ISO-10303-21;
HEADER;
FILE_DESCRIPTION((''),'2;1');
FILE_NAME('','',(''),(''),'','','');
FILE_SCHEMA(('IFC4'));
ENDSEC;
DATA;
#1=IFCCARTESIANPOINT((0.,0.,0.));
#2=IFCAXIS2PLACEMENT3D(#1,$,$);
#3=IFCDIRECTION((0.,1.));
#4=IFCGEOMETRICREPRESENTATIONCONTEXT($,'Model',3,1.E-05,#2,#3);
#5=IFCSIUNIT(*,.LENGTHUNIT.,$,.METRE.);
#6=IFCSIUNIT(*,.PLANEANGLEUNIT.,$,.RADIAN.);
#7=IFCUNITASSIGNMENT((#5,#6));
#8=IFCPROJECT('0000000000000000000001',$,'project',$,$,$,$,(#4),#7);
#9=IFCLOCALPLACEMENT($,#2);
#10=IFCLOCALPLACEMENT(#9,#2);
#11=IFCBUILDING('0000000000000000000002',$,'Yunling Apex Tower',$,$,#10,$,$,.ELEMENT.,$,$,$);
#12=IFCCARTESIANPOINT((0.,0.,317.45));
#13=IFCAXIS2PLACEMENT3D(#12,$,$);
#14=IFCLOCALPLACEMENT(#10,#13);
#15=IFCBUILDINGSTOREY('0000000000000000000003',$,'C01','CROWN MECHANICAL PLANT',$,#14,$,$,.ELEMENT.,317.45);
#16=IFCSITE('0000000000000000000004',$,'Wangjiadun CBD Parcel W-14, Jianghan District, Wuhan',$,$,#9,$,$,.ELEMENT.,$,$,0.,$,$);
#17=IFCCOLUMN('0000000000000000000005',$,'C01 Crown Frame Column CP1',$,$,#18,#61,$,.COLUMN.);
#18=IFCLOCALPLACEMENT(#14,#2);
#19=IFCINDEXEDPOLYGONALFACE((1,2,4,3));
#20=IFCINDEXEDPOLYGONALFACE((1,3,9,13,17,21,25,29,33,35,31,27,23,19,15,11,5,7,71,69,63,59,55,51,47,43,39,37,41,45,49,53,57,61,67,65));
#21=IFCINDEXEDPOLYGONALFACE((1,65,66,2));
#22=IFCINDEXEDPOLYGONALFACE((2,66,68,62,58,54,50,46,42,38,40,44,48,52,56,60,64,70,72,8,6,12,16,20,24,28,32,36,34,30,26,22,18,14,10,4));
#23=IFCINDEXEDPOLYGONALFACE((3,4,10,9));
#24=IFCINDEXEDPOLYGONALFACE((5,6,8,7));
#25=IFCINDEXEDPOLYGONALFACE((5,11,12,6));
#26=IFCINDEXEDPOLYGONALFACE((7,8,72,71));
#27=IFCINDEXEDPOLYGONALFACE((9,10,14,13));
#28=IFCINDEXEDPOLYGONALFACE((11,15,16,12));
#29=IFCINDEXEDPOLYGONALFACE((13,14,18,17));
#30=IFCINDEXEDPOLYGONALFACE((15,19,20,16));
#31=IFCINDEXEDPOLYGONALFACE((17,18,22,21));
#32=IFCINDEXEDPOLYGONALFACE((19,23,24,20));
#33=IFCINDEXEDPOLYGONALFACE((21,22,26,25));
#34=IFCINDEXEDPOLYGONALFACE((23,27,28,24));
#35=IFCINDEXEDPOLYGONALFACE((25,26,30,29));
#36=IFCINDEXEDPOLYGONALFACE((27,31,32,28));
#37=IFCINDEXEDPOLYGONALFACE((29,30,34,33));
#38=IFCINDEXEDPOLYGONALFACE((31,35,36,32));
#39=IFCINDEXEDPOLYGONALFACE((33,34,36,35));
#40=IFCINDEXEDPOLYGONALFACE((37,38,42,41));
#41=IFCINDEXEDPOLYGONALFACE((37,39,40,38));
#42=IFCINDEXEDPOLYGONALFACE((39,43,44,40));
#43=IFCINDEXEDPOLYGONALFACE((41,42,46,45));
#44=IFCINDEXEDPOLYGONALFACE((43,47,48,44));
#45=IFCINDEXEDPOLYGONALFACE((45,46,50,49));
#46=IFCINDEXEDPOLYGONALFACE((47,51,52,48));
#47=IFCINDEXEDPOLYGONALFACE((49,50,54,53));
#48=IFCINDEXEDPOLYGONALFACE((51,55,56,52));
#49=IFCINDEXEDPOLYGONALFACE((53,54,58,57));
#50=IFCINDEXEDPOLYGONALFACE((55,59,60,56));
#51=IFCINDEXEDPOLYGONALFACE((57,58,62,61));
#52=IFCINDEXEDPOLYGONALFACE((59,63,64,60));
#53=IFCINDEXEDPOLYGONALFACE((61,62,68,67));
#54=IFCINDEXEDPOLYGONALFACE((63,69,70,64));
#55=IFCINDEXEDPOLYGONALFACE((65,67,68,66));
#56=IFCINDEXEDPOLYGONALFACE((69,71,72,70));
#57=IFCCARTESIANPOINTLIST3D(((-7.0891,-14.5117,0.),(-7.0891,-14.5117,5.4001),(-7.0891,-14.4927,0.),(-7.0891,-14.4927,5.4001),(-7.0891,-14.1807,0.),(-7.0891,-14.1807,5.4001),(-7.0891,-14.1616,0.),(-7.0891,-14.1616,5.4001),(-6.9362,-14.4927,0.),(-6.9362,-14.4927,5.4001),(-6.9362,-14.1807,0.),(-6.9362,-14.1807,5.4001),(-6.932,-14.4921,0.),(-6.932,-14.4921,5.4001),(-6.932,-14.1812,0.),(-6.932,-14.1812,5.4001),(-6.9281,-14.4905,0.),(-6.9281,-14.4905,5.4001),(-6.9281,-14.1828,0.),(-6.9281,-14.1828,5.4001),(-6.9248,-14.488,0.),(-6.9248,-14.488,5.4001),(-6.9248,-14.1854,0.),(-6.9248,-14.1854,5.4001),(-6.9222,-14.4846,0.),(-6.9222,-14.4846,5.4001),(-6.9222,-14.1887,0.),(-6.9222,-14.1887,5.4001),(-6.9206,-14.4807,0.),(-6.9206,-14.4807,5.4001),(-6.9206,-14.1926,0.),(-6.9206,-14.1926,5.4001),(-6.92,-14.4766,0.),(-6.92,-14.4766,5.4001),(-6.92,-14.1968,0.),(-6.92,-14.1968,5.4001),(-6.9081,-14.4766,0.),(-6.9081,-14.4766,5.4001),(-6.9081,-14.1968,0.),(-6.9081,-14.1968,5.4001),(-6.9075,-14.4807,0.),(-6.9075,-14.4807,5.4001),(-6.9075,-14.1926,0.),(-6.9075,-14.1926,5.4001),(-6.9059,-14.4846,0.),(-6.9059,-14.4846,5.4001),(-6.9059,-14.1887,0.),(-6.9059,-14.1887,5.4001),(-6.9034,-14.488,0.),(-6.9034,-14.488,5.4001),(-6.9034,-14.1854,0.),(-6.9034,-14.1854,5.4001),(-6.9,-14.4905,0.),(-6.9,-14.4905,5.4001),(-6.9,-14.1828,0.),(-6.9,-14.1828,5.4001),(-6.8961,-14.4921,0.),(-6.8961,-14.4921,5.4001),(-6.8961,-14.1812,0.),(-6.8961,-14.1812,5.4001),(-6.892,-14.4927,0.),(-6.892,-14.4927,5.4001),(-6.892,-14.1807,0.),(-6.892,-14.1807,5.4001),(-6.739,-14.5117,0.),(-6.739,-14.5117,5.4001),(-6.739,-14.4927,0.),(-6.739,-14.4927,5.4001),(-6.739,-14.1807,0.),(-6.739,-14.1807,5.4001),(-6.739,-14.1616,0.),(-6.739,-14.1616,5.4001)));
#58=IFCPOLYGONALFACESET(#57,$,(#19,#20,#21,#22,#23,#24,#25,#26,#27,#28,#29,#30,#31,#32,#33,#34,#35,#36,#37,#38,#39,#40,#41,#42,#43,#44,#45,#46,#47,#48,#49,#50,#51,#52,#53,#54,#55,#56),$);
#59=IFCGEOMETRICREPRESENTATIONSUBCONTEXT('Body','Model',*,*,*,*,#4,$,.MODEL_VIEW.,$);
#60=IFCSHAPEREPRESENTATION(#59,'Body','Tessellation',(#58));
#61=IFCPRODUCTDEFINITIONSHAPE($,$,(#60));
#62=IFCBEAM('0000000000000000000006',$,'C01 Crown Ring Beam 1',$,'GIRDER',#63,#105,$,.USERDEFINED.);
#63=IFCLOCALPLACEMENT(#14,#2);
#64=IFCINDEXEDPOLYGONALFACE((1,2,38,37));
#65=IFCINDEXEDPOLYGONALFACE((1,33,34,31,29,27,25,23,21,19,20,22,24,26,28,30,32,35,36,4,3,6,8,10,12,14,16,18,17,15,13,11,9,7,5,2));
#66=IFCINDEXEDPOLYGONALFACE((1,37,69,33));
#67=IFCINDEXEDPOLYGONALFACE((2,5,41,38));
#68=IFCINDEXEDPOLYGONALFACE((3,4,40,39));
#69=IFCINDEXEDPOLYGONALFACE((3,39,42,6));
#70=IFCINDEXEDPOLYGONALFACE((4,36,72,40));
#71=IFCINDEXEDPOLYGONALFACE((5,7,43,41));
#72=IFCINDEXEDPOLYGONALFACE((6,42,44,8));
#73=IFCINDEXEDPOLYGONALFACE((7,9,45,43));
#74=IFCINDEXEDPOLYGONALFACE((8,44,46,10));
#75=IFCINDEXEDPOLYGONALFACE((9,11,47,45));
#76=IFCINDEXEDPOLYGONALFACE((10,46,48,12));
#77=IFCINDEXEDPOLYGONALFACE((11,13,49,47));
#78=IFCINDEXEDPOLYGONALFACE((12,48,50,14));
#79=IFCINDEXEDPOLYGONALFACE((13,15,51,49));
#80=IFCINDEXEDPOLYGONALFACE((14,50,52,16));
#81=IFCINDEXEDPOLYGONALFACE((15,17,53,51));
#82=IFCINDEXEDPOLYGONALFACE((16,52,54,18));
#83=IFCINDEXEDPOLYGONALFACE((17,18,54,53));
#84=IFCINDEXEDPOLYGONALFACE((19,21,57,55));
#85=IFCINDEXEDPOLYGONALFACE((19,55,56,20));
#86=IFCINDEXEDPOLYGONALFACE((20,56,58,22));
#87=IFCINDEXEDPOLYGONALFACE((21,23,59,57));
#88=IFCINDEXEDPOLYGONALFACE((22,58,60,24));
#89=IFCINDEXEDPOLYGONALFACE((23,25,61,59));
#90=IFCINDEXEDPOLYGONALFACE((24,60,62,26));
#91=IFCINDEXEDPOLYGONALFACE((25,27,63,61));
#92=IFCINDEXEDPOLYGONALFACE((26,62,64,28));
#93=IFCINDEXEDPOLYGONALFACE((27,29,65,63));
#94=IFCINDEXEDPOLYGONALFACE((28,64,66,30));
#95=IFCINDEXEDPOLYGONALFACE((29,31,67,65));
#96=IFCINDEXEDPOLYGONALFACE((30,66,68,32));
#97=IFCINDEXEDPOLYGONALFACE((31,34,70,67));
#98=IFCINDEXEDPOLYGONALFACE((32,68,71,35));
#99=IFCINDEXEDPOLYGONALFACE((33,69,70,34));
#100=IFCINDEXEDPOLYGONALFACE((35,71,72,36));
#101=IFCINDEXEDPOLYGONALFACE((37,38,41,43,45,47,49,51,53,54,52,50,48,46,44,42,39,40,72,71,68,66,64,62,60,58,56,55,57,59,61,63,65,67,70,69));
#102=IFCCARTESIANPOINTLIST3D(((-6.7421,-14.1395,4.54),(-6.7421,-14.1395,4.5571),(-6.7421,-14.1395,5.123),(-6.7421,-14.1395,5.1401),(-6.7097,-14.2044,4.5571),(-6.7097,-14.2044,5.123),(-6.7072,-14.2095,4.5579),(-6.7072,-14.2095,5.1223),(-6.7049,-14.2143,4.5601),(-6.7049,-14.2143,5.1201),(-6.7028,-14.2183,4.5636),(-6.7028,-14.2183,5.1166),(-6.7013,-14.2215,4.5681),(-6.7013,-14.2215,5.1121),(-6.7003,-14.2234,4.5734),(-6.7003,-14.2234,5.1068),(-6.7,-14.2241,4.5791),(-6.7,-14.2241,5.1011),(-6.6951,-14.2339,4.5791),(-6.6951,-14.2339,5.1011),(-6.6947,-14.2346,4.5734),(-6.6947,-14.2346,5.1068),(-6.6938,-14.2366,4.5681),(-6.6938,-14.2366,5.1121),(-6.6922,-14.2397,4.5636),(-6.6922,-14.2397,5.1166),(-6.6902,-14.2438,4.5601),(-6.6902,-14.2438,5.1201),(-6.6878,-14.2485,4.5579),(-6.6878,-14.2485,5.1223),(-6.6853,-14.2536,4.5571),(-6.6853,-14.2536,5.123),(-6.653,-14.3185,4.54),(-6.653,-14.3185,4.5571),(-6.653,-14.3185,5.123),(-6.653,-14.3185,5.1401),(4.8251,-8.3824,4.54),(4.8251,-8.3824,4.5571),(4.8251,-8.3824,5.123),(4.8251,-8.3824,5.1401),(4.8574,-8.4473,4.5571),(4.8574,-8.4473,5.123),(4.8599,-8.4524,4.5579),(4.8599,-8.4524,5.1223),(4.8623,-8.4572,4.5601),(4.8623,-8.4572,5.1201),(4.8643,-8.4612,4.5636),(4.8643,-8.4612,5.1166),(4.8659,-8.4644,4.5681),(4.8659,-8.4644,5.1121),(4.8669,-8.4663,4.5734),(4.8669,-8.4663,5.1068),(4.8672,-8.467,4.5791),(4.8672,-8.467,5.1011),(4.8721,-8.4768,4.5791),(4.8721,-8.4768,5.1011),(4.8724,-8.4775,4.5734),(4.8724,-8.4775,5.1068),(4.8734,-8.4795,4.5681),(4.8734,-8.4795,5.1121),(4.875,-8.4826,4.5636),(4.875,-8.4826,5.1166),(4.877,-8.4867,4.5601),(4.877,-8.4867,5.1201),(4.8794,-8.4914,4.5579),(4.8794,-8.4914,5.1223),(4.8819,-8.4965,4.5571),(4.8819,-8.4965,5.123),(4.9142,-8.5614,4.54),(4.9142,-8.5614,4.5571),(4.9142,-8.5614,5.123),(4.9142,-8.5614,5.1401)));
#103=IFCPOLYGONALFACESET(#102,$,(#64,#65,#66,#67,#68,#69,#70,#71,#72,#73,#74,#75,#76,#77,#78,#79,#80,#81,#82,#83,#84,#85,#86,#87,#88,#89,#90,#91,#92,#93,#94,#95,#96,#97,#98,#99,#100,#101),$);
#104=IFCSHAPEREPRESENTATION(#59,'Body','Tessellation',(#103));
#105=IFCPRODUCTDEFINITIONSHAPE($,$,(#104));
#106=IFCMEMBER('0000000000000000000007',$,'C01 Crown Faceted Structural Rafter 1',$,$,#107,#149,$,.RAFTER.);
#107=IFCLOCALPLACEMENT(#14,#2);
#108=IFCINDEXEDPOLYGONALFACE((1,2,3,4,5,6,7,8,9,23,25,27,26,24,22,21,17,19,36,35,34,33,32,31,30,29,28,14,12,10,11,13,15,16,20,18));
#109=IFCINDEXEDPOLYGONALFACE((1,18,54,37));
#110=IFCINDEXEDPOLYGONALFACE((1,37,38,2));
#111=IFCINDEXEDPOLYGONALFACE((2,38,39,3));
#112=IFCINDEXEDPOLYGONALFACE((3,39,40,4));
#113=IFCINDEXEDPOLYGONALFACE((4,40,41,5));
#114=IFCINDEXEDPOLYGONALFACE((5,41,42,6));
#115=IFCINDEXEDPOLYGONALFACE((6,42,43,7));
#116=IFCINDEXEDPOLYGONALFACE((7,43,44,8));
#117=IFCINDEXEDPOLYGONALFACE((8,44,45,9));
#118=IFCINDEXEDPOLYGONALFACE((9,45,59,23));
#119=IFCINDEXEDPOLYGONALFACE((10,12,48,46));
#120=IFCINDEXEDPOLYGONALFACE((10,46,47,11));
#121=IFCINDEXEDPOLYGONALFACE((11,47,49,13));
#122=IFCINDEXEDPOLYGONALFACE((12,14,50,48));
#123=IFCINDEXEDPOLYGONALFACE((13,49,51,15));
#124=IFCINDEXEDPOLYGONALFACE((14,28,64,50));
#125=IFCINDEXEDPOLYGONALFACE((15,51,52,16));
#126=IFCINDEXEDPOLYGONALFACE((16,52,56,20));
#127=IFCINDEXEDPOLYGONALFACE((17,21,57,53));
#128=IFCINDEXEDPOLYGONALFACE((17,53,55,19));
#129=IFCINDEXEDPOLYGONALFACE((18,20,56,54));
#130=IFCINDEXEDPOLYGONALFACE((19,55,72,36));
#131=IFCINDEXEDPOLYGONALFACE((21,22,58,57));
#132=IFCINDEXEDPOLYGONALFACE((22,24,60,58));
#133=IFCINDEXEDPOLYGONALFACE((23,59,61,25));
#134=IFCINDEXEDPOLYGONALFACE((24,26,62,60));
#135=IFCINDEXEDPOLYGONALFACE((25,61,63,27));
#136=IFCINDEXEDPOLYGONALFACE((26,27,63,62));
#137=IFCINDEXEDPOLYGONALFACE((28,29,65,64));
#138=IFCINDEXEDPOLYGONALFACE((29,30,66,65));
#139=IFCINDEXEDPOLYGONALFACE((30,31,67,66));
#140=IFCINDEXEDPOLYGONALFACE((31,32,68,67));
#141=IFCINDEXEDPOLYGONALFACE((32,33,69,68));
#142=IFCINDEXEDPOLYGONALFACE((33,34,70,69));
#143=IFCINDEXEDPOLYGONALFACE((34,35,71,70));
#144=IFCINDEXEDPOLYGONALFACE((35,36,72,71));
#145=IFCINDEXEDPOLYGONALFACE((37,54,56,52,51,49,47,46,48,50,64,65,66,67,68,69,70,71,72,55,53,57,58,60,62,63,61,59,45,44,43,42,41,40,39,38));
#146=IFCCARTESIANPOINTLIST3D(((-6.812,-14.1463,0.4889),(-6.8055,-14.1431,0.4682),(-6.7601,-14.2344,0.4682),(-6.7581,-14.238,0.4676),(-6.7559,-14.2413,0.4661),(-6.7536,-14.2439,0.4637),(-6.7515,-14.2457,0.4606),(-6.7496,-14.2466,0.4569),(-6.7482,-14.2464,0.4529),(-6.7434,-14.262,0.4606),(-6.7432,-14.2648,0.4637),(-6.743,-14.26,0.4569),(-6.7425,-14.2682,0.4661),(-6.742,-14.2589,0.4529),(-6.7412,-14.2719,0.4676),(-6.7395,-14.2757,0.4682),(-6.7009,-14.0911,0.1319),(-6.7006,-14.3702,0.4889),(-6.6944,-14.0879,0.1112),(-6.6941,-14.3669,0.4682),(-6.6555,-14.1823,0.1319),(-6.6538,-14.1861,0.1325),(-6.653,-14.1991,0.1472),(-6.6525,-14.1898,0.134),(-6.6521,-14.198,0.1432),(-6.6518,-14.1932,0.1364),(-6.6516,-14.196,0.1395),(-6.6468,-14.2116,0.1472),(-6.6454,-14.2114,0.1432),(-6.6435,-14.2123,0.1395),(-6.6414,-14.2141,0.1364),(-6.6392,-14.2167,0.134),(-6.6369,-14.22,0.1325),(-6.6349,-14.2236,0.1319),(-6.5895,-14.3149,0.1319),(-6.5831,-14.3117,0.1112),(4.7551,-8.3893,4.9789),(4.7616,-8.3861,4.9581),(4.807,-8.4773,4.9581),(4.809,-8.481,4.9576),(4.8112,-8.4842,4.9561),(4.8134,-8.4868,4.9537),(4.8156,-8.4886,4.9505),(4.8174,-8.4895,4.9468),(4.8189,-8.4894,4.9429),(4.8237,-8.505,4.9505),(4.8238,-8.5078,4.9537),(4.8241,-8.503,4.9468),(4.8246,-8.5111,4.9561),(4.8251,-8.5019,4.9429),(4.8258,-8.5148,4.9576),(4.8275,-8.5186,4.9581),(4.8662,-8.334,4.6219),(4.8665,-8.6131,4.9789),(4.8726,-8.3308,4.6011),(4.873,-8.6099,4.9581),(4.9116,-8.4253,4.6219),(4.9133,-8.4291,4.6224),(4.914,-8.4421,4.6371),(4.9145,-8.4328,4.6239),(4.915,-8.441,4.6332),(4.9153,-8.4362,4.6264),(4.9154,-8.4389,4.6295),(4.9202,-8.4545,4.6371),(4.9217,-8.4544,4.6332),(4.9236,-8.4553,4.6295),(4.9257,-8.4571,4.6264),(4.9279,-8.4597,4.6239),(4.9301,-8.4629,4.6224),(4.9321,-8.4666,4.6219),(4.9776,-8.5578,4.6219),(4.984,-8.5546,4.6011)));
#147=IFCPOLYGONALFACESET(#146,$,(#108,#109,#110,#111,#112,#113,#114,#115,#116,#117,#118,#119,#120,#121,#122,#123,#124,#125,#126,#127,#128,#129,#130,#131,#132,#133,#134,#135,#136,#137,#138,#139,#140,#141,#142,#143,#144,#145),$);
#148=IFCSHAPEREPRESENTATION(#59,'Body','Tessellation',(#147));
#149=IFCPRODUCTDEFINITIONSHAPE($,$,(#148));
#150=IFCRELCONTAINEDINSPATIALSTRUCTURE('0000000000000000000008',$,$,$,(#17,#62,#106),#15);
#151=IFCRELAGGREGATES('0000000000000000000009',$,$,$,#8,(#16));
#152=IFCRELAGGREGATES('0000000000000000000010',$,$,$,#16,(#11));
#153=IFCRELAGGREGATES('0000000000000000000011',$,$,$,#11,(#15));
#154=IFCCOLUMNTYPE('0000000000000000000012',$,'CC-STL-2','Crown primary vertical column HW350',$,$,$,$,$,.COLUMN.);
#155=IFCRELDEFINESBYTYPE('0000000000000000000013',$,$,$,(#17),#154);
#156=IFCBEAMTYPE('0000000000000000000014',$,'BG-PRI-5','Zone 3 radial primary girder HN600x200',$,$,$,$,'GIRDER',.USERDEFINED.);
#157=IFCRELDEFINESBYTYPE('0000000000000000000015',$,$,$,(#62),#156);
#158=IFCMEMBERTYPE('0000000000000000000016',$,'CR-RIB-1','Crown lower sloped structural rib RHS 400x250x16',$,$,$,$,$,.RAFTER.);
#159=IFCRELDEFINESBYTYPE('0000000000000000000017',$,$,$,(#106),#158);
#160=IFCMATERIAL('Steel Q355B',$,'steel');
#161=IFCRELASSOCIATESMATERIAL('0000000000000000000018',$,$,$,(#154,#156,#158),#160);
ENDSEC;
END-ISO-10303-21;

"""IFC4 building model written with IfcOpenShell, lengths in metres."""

from ifc_helpers import new_model, si_unit, direction, frame, origin, origin_2d, place, context, subcontext, project, spatial, i_section, extrude, source, transform, mapped, material, material_profile, profile_set, type_object, element, save


model = new_model("IFC4")

# Units and contexts
model_context = context("Model", 3, precision=1e-05, world=origin(), true_north=direction((0.0, 1.0)))
body_context = subcontext(model_context, "Body", "Model", "MODEL_VIEW")
ifc_project = project(units=[si_unit("LENGTHUNIT", "METRE"), si_unit("PLANEANGLEUNIT", "RADIAN")], contexts=[model_context])

# Site, building, storey
site_placement = place(None, origin())
site = spatial("IfcSite", under=ifc_project, at=site_placement, Name="Wangjiadun CBD Parcel W-14, Jianghan District, Wuhan", CompositionType="ELEMENT", RefElevation=0.0)
building_placement = place(site_placement, origin())
building = spatial("IfcBuilding", under=site, at=building_placement, Name="Yunling Apex Tower", CompositionType="ELEMENT")
storey_placement = place(building_placement, frame((0.0, 0.0, 317.45)))
storey = spatial("IfcBuildingStorey", under=building, at=storey_placement, Name="C01", Description="CROWN MECHANICAL PLANT", CompositionType="ELEMENT", Elevation=317.45)

# Column
ifc_material_1 = material(Name="Steel Q355B", Category="steel")
ifc_material_profile_1 = material_profile(ifc_material_1, i_section(OverallWidth=0.3501, OverallDepth=0.3501, WebThickness=0.012, FlangeThickness=0.019, FilletRadius=0.0161, at=origin_2d()))
ifc_profile_set_1 = profile_set([ifc_material_profile_1], Name="Steel Q355B")
column_type = type_object("IfcColumnType", Name="CC-STL-2", Description="Crown primary vertical column HW350", PredefinedType="COLUMN", material=ifc_profile_set_1)
shared_shape_1 = source(origin(), body_context, "Body", "SweptSolid", [
    extrude(i_section(OverallWidth=0.3501, OverallDepth=0.3501, WebThickness=0.012, FlangeThickness=0.019, FilletRadius=0.0161, at=origin_2d()), origin(), (0.0, 0.0, 1.0), 5.4001),
])
column_placement = place(storey_placement, frame((-6.9141, -14.3367, 0.0), z_axis=(0.0, 0.0, 1.0), x_axis=(1.0, 0.0, 0.0)))
element("IfcColumn", 1, at=column_placement, inside=storey, type_object=column_type, Name="C01 Crown Frame Column CP1", PredefinedType="COLUMN", context=body_context, shape_type="MappedRepresentation", body=[
    mapped(shared_shape_1, transform((0.0, 0.0, 0.0), scale=1.0)),
])

# Beam
ifc_material_profile_2 = material_profile(ifc_material_1, i_section(OverallWidth=0.2, OverallDepth=0.6001, WebThickness=0.011, FlangeThickness=0.0171, FilletRadius=0.022, at=origin_2d()))
ifc_profile_set_2 = profile_set([ifc_material_profile_2], Name="Steel Q355B")
beam_type = type_object("IfcBeamType", Name="BG-PRI-5", Description="Zone 3 radial primary girder HN600x200", ElementType="GIRDER", PredefinedType="USERDEFINED", material=ifc_profile_set_2)
shared_shape_2 = source(origin(), body_context, "Body", "SweptSolid", [
    extrude(i_section(OverallWidth=0.2, OverallDepth=0.6001, WebThickness=0.011, FlangeThickness=0.0171, FilletRadius=0.022, at=origin_2d()), origin(), (0.0, 0.0, 1.0), 12.9207),
])
beam_placement = place(storey_placement, frame((-6.6975, -14.229, 4.8401), z_axis=(0.895246, 0.445573, 0.0), x_axis=(-0.445573, 0.895246, 0.0)))
element("IfcBeam", 2, at=beam_placement, inside=storey, type_object=beam_type, Name="C01 Crown Ring Beam 1", ObjectType="GIRDER", PredefinedType="USERDEFINED", context=body_context, shape_type="MappedRepresentation", body=[
    mapped(shared_shape_2, transform((0.0, 0.0, 0.0), scale=1.0)),
])

# Member
ifc_material_profile_3 = material_profile(ifc_material_1, i_section(OverallWidth=0.25, OverallDepth=0.3999, WebThickness=0.0139, FlangeThickness=0.022, FilletRadius=0.0161, at=origin_2d()))
ifc_profile_set_3 = profile_set([ifc_material_profile_3], Name="Steel Q355B")
member_type_1 = type_object("IfcMemberType", Name="CR-RIB-1", Description="Crown lower sloped structural rib RHS 400x250x16", PredefinedType="RAFTER", material=ifc_profile_set_3)
shared_shape_3 = source(origin(), body_context, "Body", "SweptSolid", [
    extrude(i_section(OverallWidth=0.25, OverallDepth=0.3999, WebThickness=0.0139, FlangeThickness=0.022, FilletRadius=0.0161, at=origin_2d()), origin(), (0.0, 0.0, 1.0), 13.6785),
])
member_1_placement = place(storey_placement, frame((-6.6975, -14.229, 0.3), z_axis=(0.845641, 0.420884, 0.32825), x_axis=(-0.445573, 0.895246, 0.0)))
element("IfcMember", 3, at=member_1_placement, inside=storey, type_object=member_type_1, Name="C01 Crown Faceted Structural Rafter 1", PredefinedType="RAFTER", context=body_context, shape_type="MappedRepresentation", body=[
    mapped(shared_shape_3, transform((0.0, 0.0, 0.0), scale=1.0)),
])

save(model, "model.ifc")
